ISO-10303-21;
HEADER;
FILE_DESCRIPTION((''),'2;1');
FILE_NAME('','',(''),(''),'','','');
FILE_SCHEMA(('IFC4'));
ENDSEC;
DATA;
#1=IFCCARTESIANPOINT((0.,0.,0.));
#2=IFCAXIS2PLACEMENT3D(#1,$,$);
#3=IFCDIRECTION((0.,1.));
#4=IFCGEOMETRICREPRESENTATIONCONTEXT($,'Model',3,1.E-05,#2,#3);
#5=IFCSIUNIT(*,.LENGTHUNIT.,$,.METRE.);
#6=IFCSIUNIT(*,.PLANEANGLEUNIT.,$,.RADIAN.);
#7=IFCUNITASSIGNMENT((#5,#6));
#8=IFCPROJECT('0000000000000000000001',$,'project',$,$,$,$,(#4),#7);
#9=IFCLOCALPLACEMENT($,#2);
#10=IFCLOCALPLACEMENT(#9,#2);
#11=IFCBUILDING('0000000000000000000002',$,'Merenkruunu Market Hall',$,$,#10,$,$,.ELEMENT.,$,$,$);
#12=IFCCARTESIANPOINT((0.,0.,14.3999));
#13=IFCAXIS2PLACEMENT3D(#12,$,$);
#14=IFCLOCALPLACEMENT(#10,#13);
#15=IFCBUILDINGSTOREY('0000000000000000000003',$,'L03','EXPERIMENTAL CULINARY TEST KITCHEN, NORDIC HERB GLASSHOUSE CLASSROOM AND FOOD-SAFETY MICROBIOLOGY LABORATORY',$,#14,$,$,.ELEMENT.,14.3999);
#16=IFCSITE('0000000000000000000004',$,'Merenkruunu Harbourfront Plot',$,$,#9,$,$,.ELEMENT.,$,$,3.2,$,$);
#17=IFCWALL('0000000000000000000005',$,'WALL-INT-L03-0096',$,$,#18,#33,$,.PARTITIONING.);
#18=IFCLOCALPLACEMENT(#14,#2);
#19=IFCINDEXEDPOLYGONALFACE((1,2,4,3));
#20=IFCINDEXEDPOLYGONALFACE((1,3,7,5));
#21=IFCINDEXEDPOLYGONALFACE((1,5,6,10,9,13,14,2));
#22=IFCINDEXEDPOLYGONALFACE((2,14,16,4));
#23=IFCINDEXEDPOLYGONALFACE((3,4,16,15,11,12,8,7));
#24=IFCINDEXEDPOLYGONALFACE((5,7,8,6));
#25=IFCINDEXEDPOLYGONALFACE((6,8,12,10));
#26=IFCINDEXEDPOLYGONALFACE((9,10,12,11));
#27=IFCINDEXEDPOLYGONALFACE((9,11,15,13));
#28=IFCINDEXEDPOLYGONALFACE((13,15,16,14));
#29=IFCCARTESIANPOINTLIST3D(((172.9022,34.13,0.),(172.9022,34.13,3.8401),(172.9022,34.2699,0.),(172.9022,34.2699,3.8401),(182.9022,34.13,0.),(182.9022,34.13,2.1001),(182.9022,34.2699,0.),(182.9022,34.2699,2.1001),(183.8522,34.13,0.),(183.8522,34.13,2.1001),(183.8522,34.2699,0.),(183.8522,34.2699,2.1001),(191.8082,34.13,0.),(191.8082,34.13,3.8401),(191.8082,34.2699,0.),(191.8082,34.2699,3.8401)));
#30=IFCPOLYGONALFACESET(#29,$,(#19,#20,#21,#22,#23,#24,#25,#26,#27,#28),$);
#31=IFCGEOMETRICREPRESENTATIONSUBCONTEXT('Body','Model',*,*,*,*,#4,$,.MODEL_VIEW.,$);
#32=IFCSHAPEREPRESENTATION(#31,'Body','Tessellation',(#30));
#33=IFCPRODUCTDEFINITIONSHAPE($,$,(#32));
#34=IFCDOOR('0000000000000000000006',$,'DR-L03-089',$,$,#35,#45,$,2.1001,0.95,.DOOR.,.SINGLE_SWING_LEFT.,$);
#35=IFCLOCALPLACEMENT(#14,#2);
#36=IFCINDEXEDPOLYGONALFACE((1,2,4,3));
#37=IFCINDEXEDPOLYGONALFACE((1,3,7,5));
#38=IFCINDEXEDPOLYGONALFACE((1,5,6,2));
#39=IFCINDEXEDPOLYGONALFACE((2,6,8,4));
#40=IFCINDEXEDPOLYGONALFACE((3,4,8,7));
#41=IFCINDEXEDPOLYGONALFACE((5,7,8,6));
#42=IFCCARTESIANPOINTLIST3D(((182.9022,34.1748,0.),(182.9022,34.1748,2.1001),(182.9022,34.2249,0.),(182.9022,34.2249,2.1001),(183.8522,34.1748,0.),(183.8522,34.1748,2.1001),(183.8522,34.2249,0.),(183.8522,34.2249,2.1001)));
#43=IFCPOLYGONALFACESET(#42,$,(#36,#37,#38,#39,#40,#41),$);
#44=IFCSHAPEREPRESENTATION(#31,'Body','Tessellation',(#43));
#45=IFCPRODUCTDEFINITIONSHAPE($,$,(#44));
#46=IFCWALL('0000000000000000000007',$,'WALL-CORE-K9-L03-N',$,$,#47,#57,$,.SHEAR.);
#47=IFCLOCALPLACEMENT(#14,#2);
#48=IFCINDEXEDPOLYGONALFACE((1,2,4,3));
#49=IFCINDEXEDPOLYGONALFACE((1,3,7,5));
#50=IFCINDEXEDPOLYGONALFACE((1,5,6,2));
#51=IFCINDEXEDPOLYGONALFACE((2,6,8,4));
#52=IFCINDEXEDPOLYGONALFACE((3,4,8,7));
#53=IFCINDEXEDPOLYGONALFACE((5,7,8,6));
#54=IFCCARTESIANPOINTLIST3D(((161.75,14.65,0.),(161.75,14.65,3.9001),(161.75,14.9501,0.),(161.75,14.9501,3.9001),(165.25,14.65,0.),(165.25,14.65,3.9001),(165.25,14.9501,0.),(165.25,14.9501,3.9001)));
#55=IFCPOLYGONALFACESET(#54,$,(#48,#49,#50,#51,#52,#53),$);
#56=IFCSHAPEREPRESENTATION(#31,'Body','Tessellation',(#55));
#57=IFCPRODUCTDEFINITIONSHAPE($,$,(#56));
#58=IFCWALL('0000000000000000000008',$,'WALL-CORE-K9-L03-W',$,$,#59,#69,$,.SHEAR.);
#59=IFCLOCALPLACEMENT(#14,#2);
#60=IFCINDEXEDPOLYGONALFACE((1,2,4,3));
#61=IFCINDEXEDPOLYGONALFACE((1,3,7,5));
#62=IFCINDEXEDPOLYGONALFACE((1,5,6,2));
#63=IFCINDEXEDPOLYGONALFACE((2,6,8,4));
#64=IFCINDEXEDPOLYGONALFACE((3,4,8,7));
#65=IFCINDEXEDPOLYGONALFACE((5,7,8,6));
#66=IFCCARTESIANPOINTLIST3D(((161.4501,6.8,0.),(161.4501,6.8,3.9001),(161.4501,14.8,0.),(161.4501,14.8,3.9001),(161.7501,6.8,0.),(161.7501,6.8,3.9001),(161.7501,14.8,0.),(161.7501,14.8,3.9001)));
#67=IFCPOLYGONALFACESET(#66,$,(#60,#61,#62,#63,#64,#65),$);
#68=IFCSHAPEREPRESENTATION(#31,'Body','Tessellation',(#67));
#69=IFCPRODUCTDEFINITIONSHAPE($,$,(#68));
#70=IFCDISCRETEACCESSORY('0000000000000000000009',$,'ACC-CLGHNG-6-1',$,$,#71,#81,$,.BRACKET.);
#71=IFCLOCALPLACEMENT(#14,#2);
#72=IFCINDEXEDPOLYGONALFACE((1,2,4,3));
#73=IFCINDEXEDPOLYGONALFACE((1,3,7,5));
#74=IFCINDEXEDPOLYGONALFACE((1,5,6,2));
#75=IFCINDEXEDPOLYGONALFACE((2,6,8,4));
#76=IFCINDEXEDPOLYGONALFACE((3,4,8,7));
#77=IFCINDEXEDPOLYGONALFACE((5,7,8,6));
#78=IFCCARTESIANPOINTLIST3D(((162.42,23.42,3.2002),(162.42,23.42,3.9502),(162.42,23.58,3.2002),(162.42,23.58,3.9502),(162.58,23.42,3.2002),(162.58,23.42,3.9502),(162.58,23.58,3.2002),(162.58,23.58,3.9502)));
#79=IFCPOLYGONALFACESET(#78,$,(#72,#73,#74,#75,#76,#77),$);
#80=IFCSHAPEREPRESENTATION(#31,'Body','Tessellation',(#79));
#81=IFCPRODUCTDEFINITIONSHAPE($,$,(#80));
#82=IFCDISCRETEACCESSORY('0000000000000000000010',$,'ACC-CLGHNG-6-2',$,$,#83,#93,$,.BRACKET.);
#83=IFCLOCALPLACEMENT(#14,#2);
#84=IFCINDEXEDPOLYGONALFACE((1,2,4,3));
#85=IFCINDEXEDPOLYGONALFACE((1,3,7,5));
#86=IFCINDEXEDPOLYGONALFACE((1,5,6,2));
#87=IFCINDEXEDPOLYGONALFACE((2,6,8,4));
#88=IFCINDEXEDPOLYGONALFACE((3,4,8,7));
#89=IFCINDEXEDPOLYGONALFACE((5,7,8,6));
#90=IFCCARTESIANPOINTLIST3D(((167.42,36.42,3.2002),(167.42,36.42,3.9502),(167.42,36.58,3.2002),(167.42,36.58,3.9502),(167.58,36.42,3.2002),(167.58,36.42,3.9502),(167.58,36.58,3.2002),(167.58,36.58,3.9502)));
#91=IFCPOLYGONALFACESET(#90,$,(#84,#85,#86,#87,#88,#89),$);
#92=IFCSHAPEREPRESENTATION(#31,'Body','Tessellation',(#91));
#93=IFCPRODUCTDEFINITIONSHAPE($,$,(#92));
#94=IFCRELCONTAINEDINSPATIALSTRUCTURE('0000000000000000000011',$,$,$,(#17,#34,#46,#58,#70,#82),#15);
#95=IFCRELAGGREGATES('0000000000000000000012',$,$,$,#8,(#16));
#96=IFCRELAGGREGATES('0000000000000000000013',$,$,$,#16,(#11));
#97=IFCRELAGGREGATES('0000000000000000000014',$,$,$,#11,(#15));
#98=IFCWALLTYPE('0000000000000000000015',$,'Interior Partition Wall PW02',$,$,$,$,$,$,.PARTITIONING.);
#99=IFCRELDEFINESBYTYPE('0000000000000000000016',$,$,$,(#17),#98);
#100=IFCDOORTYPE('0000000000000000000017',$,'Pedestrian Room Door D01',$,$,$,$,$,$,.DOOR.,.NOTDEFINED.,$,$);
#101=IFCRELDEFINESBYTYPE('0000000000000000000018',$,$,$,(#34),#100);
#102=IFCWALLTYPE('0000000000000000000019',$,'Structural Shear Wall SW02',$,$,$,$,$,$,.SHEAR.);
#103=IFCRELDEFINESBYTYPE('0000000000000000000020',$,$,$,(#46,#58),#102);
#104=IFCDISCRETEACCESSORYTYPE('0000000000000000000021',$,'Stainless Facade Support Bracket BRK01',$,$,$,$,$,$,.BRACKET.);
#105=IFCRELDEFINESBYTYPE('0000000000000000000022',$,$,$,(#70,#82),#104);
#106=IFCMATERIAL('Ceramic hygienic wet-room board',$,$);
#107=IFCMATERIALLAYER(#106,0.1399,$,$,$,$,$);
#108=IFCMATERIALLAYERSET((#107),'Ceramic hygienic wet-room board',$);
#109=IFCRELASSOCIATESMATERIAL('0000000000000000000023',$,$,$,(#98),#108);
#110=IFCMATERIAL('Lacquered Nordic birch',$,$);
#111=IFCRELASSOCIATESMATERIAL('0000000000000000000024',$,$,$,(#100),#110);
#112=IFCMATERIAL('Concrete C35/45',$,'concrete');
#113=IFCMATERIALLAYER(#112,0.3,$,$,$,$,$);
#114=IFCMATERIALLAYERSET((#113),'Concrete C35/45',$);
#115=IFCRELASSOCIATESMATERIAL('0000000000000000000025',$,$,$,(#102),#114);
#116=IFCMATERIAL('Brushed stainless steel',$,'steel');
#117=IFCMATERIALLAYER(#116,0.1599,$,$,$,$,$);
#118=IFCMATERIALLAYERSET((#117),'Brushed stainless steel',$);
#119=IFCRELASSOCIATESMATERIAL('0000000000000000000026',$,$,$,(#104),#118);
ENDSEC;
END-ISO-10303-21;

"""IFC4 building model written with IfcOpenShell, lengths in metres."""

from ifc_helpers import new_model, si_unit, direction, frame, frame_2d, origin, origin_2d, place, context, subcontext, project, spatial, rectangle, extrude, material, layer, layer_set, type_object, element, fill, save


model = new_model("IFC4")

# Units and contexts
model_context = context("Model", 3, precision=1e-05, world=origin(), true_north=direction((0.0, 1.0)))
body_context = subcontext(model_context, "Body", "Model", "MODEL_VIEW")
ifc_project = project(units=[si_unit("LENGTHUNIT", "METRE"), si_unit("PLANEANGLEUNIT", "RADIAN")], contexts=[model_context])

# Site, building, storey
site_placement = place(None, origin())
site = spatial("IfcSite", under=ifc_project, at=site_placement, Name="Merenkruunu Harbourfront Plot", CompositionType="ELEMENT", RefElevation=3.2)
building_placement = place(site_placement, origin())
building = spatial("IfcBuilding", under=site, at=building_placement, Name="Merenkruunu Market Hall", CompositionType="ELEMENT")
storey_placement = place(building_placement, frame((0.0, 0.0, 14.3999)))
storey = spatial("IfcBuildingStorey", under=building, at=storey_placement, Name="L03", Description="EXPERIMENTAL CULINARY TEST KITCHEN, NORDIC HERB GLASSHOUSE CLASSROOM AND FOOD-SAFETY MICROBIOLOGY LABORATORY", CompositionType="ELEMENT", Elevation=14.3999)

# Wall, opening, door
ifc_material_1 = material(Name="Ceramic hygienic wet-room board")
ifc_layer_1 = layer(ifc_material_1, 0.1399)
ifc_layer_set_1 = layer_set([ifc_layer_1], Name="Ceramic hygienic wet-room board")
wall_type_1 = type_object("IfcWallType", Name="Interior Partition Wall PW02", PredefinedType="PARTITIONING", material=ifc_layer_set_1)
wall_1_placement = place(storey_placement, frame((172.9021, 34.2, 0.0), z_axis=(0.0, 0.0, 1.0), x_axis=(1.0, 0.0, 0.0)))
wall_1 = element("IfcWall", 1, at=wall_1_placement, inside=storey, type_object=wall_type_1, Name="WALL-INT-L03-0096", PredefinedType="PARTITIONING", context=body_context, shape_type="SweptSolid", body=[
    extrude(rectangle(XDim=18.906, YDim=0.1399, at=frame_2d((9.4531, 0.0))), origin(), (0.0, 0.0, 1.0), 3.8401),
])
opening_1_placement = place(wall_1_placement, frame((10.0, 0.0, 0.0)))
opening_1 = element("IfcOpeningElement", 2, at=opening_1_placement, cuts=wall_1, PredefinedType="OPENING", context=body_context, shape_type="SweptSolid", body=[
    extrude(rectangle(XDim=0.95, YDim=2.1001, at=frame_2d((0.4751, 1.05))), frame((0.0, 0.0801, 0.0), z_axis=(0.0, -1.0, 0.0), x_axis=(1.0, 0.0, 0.0)), (0.0, 0.0, 1.0), 0.1599),
])
ifc_material_2 = material(Name="Lacquered Nordic birch")
door_type_1 = type_object("IfcDoorType", Name="Pedestrian Room Door D01", OperationType="NOTDEFINED", PredefinedType="DOOR", material=ifc_material_2)
door_1_placement = place(opening_1_placement, origin())
door_1 = element("IfcDoor", 3, at=door_1_placement, inside=storey, type_object=door_type_1, Name="DR-L03-089", OperationType="SINGLE_SWING_LEFT", OverallHeight=2.1001, OverallWidth=0.95, PredefinedType="DOOR", context=body_context, shape_type="SweptSolid", body=[
    extrude(rectangle(XDim=0.95, YDim=2.1001, at=frame_2d((0.4751, 1.05))), frame((0.0, 0.0249, 0.0), z_axis=(0.0, -1.0, 0.0), x_axis=(1.0, 0.0, 0.0)), (0.0, 0.0, 1.0), 0.05),
])
fill(opening_1, door_1)

# Walls
ifc_material_3 = material(Name="Concrete C35/45", Category="concrete")
ifc_layer_2 = layer(ifc_material_3, 0.3)
ifc_layer_set_2 = layer_set([ifc_layer_2], Name="Concrete C35/45")
wall_type_2 = type_object("IfcWallType", Name="Structural Shear Wall SW02", PredefinedType="SHEAR", material=ifc_layer_set_2)
wall_2_placement = place(storey_placement, frame((165.25, 14.8, 0.0), z_axis=(0.0, 0.0, 1.0), x_axis=(-1.0, 0.0, 0.0)))
element("IfcWall", 4, at=wall_2_placement, inside=storey, type_object=wall_type_2, Name="WALL-CORE-K9-L03-N", PredefinedType="SHEAR", context=body_context, shape_type="SweptSolid", body=[
    extrude(rectangle(XDim=3.5, YDim=0.3, at=frame_2d((1.75, 0.0))), origin(), (0.0, 0.0, 1.0), 3.9001),
])
wall_3_placement = place(storey_placement, frame((161.6001, 14.8, 0.0), z_axis=(0.0, 0.0, 1.0), x_axis=(0.0, -1.0, 0.0)))
element("IfcWall", 5, at=wall_3_placement, inside=storey, type_object=wall_type_2, Name="WALL-CORE-K9-L03-W", PredefinedType="SHEAR", context=body_context, shape_type="SweptSolid", body=[
    extrude(rectangle(XDim=8.0, YDim=0.3, at=frame_2d((4.0, 0.0))), origin(), (0.0, 0.0, 1.0), 3.9001),
])

# Discrete accessories
ifc_material_4 = material(Name="Brushed stainless steel", Category="steel")
ifc_layer_3 = layer(ifc_material_4, 0.1599)
ifc_layer_set_3 = layer_set([ifc_layer_3], Name="Brushed stainless steel")
discrete_accessory_type = type_object("IfcDiscreteAccessoryType", Name="Stainless Facade Support Bracket BRK01", PredefinedType="BRACKET", material=ifc_layer_set_3)
for number, where, z_axis, x_axis, name in (
    (6, (162.5, 23.5, 3.2002), (0.0, 0.0, 1.0), (1.0, 0.0, 0.0), "ACC-CLGHNG-6-1"),
    (7, (167.5, 36.5, 3.2002), (0.0, 0.0, 1.0), (1.0, 0.0, 0.0), "ACC-CLGHNG-6-2"),
):
    element("IfcDiscreteAccessory", number, at=place(storey_placement, frame(where, z_axis=z_axis, x_axis=x_axis)), inside=storey, type_object=discrete_accessory_type, Name=name, PredefinedType="BRACKET", context=body_context, shape_type="SweptSolid", body=[
        extrude(rectangle(XDim=0.1599, YDim=0.1599, at=origin_2d()), origin(), (0.0, 0.0, 1.0), 0.75),
    ])

save(model, "model.ifc")
